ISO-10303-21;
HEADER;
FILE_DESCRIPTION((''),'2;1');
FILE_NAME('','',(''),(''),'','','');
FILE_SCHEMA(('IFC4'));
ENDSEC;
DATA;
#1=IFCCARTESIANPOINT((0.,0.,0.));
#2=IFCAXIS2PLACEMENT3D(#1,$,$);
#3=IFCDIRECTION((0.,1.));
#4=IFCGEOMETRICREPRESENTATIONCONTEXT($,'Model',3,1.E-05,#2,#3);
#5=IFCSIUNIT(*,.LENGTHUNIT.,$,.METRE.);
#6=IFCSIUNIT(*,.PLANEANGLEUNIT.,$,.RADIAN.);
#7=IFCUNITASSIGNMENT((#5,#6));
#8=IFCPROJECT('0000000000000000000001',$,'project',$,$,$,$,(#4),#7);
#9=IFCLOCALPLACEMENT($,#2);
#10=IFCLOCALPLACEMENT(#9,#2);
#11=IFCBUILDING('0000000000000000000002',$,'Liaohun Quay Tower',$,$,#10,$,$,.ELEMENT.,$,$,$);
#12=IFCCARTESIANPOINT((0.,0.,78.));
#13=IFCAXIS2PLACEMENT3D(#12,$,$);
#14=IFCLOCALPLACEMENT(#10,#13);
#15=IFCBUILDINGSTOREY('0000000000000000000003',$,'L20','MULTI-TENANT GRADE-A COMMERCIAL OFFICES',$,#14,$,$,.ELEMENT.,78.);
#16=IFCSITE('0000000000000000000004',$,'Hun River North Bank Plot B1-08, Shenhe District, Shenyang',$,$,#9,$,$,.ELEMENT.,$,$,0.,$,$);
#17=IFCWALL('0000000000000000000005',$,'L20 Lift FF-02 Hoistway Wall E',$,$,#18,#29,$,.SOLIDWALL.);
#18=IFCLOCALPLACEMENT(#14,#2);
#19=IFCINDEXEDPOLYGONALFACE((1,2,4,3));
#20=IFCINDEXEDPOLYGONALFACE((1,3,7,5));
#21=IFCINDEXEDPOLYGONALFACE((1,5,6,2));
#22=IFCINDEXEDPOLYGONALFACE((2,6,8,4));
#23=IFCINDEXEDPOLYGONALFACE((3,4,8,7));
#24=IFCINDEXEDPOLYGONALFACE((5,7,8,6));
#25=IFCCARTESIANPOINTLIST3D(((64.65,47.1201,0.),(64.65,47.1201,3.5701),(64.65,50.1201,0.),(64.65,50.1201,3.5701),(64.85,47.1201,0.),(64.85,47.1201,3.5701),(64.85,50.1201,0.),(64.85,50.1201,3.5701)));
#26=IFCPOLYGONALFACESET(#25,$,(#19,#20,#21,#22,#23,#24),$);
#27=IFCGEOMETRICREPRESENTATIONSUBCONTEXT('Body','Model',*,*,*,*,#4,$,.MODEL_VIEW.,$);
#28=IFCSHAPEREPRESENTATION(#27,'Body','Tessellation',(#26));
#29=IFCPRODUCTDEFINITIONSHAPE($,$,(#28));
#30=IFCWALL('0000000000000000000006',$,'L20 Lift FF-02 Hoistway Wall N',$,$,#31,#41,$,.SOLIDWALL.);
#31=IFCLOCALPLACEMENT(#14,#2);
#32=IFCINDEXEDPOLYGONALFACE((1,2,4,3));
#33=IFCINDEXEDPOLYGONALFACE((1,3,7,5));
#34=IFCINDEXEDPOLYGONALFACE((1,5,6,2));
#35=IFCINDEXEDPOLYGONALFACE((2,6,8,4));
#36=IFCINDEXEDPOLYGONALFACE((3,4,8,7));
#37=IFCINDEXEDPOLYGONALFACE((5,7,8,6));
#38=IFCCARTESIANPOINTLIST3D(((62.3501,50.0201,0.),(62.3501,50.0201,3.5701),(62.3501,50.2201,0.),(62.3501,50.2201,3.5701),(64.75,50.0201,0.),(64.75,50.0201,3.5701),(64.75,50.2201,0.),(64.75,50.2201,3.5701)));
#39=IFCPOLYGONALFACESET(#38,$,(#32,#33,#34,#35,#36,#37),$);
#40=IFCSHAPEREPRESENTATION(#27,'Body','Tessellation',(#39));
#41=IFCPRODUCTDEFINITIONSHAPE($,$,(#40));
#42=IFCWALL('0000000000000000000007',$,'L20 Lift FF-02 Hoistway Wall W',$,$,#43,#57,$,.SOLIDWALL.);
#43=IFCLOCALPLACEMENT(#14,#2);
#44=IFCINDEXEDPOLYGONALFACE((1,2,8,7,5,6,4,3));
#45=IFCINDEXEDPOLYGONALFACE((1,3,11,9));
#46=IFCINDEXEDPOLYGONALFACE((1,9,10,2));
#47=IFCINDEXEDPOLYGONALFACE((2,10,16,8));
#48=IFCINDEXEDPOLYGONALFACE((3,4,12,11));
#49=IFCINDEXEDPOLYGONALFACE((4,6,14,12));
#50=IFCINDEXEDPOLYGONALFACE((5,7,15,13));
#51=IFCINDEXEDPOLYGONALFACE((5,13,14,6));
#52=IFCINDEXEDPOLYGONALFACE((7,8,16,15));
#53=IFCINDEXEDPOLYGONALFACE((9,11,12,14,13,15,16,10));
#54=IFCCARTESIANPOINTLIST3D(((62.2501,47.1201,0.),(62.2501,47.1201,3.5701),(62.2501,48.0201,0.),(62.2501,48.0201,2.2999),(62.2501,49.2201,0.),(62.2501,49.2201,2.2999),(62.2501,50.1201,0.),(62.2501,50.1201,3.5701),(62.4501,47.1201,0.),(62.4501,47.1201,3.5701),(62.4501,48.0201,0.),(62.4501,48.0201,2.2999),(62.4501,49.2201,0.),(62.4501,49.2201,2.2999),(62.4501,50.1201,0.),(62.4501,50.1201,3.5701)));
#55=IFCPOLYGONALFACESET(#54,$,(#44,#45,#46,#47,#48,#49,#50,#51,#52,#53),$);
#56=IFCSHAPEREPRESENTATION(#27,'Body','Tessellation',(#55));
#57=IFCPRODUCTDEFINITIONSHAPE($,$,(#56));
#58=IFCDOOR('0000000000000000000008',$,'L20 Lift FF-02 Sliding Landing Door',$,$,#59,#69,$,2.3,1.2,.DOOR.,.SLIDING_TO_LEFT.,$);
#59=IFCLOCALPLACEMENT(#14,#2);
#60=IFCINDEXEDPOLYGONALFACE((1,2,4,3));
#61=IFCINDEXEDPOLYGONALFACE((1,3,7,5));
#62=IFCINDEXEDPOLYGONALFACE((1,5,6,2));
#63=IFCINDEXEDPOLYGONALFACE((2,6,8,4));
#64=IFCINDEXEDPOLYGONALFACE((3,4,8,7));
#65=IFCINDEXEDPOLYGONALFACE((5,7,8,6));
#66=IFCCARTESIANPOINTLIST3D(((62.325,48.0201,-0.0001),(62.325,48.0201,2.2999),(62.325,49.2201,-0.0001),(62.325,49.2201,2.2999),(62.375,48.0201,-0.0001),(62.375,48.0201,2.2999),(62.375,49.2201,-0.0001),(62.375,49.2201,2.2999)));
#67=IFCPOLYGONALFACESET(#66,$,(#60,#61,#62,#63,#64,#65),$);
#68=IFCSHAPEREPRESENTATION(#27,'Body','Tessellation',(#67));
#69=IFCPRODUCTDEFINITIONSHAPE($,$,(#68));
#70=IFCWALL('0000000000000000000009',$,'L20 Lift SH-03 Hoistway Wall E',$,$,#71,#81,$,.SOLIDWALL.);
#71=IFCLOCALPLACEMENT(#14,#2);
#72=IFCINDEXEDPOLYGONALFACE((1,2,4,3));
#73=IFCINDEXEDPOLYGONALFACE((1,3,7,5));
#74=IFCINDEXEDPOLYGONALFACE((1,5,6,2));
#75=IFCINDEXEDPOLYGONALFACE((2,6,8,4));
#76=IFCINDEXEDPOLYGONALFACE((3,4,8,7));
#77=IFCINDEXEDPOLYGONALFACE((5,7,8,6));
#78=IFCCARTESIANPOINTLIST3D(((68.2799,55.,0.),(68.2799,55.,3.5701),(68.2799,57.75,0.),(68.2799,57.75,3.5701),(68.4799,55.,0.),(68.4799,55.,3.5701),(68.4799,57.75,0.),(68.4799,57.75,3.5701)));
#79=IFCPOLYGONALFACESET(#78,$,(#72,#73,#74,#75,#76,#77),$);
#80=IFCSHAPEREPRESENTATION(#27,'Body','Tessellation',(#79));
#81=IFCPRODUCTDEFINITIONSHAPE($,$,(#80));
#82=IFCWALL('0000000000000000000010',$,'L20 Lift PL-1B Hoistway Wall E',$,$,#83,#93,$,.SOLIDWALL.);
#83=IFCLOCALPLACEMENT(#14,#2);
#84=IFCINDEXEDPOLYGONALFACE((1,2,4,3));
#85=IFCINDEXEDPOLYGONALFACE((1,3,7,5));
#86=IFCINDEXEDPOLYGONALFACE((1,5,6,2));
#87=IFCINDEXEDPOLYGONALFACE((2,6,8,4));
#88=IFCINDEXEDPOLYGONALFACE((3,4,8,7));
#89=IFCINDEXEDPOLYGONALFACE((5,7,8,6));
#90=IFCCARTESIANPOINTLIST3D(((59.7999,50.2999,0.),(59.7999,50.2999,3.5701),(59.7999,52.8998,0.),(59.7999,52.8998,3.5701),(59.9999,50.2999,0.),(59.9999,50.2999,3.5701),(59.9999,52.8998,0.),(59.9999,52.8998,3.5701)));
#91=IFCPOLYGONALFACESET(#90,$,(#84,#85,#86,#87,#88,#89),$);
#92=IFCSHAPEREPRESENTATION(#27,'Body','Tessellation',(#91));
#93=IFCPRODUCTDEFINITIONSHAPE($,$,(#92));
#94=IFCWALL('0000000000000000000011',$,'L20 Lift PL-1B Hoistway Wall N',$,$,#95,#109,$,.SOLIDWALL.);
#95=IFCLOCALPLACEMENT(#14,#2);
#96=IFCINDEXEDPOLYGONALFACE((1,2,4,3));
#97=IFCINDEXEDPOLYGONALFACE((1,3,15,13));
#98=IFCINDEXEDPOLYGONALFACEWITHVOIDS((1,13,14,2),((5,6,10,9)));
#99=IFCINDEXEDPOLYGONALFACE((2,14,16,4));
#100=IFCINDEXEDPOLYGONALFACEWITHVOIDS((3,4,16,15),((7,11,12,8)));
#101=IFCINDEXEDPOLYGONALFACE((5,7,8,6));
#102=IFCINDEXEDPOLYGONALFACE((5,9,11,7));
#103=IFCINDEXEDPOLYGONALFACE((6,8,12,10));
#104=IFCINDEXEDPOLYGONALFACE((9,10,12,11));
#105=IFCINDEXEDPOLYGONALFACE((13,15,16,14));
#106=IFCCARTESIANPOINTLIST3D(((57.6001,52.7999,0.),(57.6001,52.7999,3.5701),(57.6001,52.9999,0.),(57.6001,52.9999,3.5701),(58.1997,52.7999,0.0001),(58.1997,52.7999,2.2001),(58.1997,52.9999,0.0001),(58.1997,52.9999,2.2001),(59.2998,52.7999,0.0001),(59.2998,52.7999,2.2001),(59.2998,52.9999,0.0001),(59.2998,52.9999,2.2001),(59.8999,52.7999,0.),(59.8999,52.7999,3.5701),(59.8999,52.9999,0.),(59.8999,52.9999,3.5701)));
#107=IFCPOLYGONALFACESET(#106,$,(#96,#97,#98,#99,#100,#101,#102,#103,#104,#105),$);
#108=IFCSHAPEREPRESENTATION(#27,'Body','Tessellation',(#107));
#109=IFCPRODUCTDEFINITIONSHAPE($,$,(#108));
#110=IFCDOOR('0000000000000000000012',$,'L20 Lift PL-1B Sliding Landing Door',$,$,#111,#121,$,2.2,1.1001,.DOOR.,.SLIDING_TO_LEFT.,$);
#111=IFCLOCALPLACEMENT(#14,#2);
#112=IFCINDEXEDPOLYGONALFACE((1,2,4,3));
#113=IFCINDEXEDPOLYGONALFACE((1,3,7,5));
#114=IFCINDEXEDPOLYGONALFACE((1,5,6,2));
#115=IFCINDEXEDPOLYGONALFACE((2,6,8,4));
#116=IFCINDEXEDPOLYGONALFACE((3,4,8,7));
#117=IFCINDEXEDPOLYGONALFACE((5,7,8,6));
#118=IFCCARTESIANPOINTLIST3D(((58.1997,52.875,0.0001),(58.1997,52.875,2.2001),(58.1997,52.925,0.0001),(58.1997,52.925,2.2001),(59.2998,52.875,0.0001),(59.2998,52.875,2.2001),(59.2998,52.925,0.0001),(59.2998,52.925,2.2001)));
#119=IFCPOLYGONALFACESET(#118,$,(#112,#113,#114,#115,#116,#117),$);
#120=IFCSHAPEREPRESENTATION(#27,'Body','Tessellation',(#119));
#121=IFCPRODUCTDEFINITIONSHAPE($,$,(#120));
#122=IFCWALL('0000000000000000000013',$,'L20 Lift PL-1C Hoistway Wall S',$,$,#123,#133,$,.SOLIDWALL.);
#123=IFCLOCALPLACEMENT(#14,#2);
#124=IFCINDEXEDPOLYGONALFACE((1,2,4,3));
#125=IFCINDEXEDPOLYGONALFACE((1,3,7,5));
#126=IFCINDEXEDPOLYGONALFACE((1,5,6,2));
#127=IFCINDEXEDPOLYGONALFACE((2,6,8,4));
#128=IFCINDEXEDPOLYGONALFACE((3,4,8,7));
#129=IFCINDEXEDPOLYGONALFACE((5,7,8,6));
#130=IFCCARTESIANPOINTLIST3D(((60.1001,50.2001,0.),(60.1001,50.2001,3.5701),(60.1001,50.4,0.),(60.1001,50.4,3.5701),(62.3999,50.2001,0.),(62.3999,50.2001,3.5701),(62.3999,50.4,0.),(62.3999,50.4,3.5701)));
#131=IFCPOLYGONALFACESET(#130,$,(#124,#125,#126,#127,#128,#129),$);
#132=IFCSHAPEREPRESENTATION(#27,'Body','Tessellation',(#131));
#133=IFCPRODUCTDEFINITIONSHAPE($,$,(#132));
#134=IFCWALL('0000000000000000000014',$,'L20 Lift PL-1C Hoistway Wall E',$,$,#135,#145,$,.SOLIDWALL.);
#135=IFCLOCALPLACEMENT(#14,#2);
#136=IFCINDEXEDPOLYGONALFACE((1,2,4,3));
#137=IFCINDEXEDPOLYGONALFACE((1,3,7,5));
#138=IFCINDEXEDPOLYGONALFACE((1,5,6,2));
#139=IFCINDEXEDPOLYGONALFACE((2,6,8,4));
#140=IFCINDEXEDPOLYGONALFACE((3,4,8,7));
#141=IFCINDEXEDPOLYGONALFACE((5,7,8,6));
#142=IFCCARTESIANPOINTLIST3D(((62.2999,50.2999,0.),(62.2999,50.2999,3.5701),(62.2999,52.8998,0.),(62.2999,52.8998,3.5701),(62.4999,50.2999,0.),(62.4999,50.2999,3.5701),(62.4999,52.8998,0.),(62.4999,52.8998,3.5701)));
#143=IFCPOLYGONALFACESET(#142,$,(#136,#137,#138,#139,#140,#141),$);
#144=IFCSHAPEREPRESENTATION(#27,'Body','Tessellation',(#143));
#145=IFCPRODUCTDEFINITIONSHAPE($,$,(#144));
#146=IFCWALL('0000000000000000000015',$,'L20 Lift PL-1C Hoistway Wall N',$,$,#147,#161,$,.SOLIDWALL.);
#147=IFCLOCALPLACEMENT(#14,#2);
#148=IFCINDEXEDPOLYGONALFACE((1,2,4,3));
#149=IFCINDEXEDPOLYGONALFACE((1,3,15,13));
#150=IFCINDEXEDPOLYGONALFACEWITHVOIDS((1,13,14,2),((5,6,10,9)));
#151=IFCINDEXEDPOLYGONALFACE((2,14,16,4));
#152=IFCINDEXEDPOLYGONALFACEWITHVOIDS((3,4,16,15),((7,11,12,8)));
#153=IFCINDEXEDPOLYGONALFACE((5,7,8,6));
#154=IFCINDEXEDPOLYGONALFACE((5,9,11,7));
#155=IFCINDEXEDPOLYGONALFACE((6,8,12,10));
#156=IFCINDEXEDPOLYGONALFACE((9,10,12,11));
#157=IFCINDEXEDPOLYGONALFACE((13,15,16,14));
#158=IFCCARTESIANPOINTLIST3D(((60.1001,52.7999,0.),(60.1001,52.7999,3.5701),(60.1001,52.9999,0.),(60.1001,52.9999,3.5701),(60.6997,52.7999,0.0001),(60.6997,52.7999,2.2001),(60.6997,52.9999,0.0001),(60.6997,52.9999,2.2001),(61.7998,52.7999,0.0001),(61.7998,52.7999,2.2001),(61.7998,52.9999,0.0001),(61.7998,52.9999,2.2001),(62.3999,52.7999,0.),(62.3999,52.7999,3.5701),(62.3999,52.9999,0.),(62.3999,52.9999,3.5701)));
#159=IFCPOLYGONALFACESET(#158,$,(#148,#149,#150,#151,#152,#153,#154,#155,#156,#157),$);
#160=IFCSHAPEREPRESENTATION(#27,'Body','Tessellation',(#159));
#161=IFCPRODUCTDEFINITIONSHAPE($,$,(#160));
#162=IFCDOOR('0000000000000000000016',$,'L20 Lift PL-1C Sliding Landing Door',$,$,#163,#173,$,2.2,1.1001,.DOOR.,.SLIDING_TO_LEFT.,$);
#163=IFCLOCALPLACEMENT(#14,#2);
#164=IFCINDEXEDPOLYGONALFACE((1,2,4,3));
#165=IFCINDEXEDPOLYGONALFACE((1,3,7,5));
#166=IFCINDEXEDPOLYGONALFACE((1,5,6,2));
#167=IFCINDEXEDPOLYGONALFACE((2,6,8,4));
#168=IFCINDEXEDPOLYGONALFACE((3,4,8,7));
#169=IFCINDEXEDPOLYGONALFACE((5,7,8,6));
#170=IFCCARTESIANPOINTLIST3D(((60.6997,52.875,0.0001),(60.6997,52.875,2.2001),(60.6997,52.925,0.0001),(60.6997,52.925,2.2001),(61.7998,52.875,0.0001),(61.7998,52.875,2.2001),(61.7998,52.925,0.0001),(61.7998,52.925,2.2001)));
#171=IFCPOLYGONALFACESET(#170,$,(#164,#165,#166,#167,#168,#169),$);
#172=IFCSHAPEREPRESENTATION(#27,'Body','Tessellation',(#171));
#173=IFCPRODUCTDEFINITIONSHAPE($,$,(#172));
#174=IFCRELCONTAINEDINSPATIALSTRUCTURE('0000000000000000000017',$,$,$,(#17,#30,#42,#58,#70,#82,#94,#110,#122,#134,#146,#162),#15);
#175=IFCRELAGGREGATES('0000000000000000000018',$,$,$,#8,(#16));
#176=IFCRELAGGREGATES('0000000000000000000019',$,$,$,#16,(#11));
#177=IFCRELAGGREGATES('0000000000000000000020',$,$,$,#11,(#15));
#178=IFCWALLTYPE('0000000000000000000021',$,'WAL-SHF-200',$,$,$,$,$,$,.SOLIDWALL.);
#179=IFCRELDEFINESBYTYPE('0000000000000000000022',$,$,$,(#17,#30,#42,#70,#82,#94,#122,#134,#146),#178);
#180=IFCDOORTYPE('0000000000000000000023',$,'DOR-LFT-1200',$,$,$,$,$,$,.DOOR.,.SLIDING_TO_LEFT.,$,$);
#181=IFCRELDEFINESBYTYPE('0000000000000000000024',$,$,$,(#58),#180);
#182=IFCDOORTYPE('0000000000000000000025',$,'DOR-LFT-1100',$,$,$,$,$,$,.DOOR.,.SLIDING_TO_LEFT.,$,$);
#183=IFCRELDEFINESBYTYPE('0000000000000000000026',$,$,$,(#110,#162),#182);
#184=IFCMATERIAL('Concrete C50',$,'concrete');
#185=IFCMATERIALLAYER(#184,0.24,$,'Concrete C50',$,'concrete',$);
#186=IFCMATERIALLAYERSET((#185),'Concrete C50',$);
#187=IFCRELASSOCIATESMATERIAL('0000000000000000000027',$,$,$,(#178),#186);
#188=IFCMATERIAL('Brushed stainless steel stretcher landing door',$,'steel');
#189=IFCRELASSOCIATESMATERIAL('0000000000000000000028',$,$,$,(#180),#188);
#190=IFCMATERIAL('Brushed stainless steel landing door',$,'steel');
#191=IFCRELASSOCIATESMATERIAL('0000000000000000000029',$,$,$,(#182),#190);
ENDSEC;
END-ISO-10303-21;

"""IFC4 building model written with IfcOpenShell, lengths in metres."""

from ifc_helpers import new_model, si_unit, direction, frame, frame_2d, origin, place, context, subcontext, project, spatial, rectangle, extrude, source, transform, mapped, material, layer, layer_set, type_object, element, fill, save


model = new_model("IFC4")

# Units and contexts
model_context = context("Model", 3, precision=1e-05, world=origin(), true_north=direction((0.0, 1.0)))
body_context = subcontext(model_context, "Body", "Model", "MODEL_VIEW")
ifc_project = project(units=[si_unit("LENGTHUNIT", "METRE"), si_unit("PLANEANGLEUNIT", "RADIAN")], contexts=[model_context])

# Site, building, storey
site_placement = place(None, origin())
site = spatial("IfcSite", under=ifc_project, at=site_placement, Name="Hun River North Bank Plot B1-08, Shenhe District, Shenyang", CompositionType="ELEMENT", RefElevation=0.0)
building_placement = place(site_placement, origin())
building = spatial("IfcBuilding", under=site, at=building_placement, Name="Liaohun Quay Tower", CompositionType="ELEMENT")
storey_placement = place(building_placement, frame((0.0, 0.0, 78.0)))
storey = spatial("IfcBuildingStorey", under=building, at=storey_placement, Name="L20", Description="MULTI-TENANT GRADE-A COMMERCIAL OFFICES", CompositionType="ELEMENT", Elevation=78.0)

# Shared definitions
ifc_material_1 = material(Name="Concrete C50", Category="concrete")
ifc_layer_1 = layer(ifc_material_1, 0.24, Name="Concrete C50", Category="concrete")
ifc_layer_set_1 = layer_set([ifc_layer_1], Name="Concrete C50")
wall_type_1 = type_object("IfcWallType", Name="WAL-SHF-200", PredefinedType="SOLIDWALL", material=ifc_layer_set_1)

# Walls
wall_1_placement = place(storey_placement, frame((64.75, 47.1201, 0.0), z_axis=(0.0, 0.0, 1.0), x_axis=(0.0, 1.0, 0.0)))
element("IfcWall", 1, at=wall_1_placement, inside=storey, type_object=wall_type_1, Name="L20 Lift FF-02 Hoistway Wall E", PredefinedType="SOLIDWALL", context=body_context, shape_type="SweptSolid", body=[
    extrude(rectangle(XDim=3.0, YDim=0.2, at=frame_2d((1.5, 0.0))), origin(), (0.0, 0.0, 1.0), 3.5701),
])
wall_2_placement = place(storey_placement, frame((64.75, 50.1201, 0.0), z_axis=(0.0, 0.0, 1.0), x_axis=(-1.0, 0.0, 0.0)))
element("IfcWall", 2, at=wall_2_placement, inside=storey, type_object=wall_type_1, Name="L20 Lift FF-02 Hoistway Wall N", PredefinedType="SOLIDWALL", context=body_context, shape_type="SweptSolid", body=[
    extrude(rectangle(XDim=2.3999, YDim=0.2, at=frame_2d((1.2, 0.0))), origin(), (0.0, 0.0, 1.0), 3.5701),
])

# Wall, opening, door
wall_3_placement = place(storey_placement, frame((62.3501, 50.1201, 0.0), z_axis=(0.0, 0.0, 1.0), x_axis=(0.0, -1.0, 0.0)))
wall_3 = element("IfcWall", 3, at=wall_3_placement, inside=storey, type_object=wall_type_1, Name="L20 Lift FF-02 Hoistway Wall W", PredefinedType="SOLIDWALL", context=body_context, shape_type="SweptSolid", body=[
    extrude(rectangle(XDim=3.0, YDim=0.2, at=frame_2d((1.5, 0.0))), origin(), (0.0, 0.0, 1.0), 3.5701),
])
shared_shape_1 = source(origin(), body_context, "Body", "SweptSolid", [
    extrude(rectangle(XDim=1.2, YDim=2.3, at=frame_2d((0.6001, 1.1499))), frame((0.0, 0.1099, 0.0), z_axis=(0.0, -1.0, 0.0), x_axis=(1.0, 0.0, 0.0)), (0.0, 0.0, 1.0), 0.22),
])
opening_1_placement = place(wall_3_placement, frame((0.8999, 0.0, 0.0)))
opening_1 = element("IfcOpeningElement", 4, at=opening_1_placement, cuts=wall_3, PredefinedType="OPENING", context=body_context, shape_type="MappedRepresentation", body=[
    mapped(shared_shape_1, transform((0.0, 0.0, 0.0), x_axis=(1.0, 0.0, 0.0), y_axis=(0.0, 1.0, 0.0), z_axis=(0.0, 0.0, 1.0), scale=1.0)),
])
ifc_material_2 = material(Name="Brushed stainless steel stretcher landing door", Category="steel")
door_type_1 = type_object("IfcDoorType", Name="DOR-LFT-1200", OperationType="SLIDING_TO_LEFT", PredefinedType="DOOR", material=ifc_material_2)
shared_shape_2 = source(origin(), body_context, "Body", "SweptSolid", [
    extrude(rectangle(XDim=1.2, YDim=2.3, at=frame_2d((0.6001, 1.1499))), frame((0.0, 0.0249, 0.0), z_axis=(0.0, -1.0, 0.0), x_axis=(1.0, 0.0, 0.0)), (0.0, 0.0, 1.0), 0.05),
])
door_1_placement = place(opening_1_placement, origin())
door_1 = element("IfcDoor", 5, at=door_1_placement, inside=storey, type_object=door_type_1, Name="L20 Lift FF-02 Sliding Landing Door", OperationType="SLIDING_TO_LEFT", OverallHeight=2.3, OverallWidth=1.2, PredefinedType="DOOR", context=body_context, shape_type="MappedRepresentation", body=[
    mapped(shared_shape_2, transform((0.0, 0.0, 0.0), x_axis=(1.0, 0.0, 0.0), y_axis=(0.0, 1.0, 0.0), z_axis=(0.0, 0.0, 1.0), scale=1.0)),
])
fill(opening_1, door_1)

# Walls
wall_4_placement = place(storey_placement, frame((68.3799, 55.0, 0.0), z_axis=(0.0, 0.0, 1.0), x_axis=(0.0, 1.0, 0.0)))
element("IfcWall", 6, at=wall_4_placement, inside=storey, type_object=wall_type_1, Name="L20 Lift SH-03 Hoistway Wall E", PredefinedType="SOLIDWALL", context=body_context, shape_type="SweptSolid", body=[
    extrude(rectangle(XDim=2.75, YDim=0.2, at=frame_2d((1.375, 0.0))), origin(), (0.0, 0.0, 1.0), 3.5701),
])
wall_5_placement = place(storey_placement, frame((59.8999, 50.3, 0.0), z_axis=(0.0, 0.0, 1.0), x_axis=(0.0, 1.0, 0.0)))
element("IfcWall", 7, at=wall_5_placement, inside=storey, type_object=wall_type_1, Name="L20 Lift PL-1B Hoistway Wall E", PredefinedType="SOLIDWALL", context=body_context, shape_type="SweptSolid", body=[
    extrude(rectangle(XDim=2.5999, YDim=0.2, at=frame_2d((1.2998, 0.0))), origin(), (0.0, 0.0, 1.0), 3.5701),
])

# Wall, opening, door
wall_6_placement = place(storey_placement, frame((59.8999, 52.8999, 0.0), z_axis=(0.0, 0.0, 1.0), x_axis=(-1.0, 0.0, 0.0)))
wall_6 = element("IfcWall", 8, at=wall_6_placement, inside=storey, type_object=wall_type_1, Name="L20 Lift PL-1B Hoistway Wall N", PredefinedType="SOLIDWALL", context=body_context, shape_type="SweptSolid", body=[
    extrude(rectangle(XDim=2.2998, YDim=0.2, at=frame_2d((1.1499, 0.0))), origin(), (0.0, 0.0, 1.0), 3.5701),
])
shared_shape_3 = source(origin(), body_context, "Body", "SweptSolid", [
    extrude(rectangle(XDim=1.1001, YDim=2.2, at=frame_2d((0.55, 1.1001))), frame((0.0, 0.1099, 0.0), z_axis=(0.0, -1.0, 0.0), x_axis=(1.0, 0.0, 0.0)), (0.0, 0.0, 1.0), 0.22),
])
opening_2_placement = place(wall_6_placement, frame((0.6001, 0.0, 0.0)))
opening_2 = element("IfcOpeningElement", 9, at=opening_2_placement, cuts=wall_6, PredefinedType="OPENING", context=body_context, shape_type="MappedRepresentation", body=[
    mapped(shared_shape_3, transform((0.0, 0.0, 0.0), x_axis=(1.0, 0.0, 0.0), y_axis=(0.0, 1.0, 0.0), z_axis=(0.0, 0.0, 1.0), scale=1.0)),
])
ifc_material_3 = material(Name="Brushed stainless steel landing door", Category="steel")
door_type_2 = type_object("IfcDoorType", Name="DOR-LFT-1100", OperationType="SLIDING_TO_LEFT", PredefinedType="DOOR", material=ifc_material_3)
shared_shape_4 = source(origin(), body_context, "Body", "SweptSolid", [
    extrude(rectangle(XDim=1.1001, YDim=2.2, at=frame_2d((0.55, 1.1001))), frame((0.0, 0.0249, 0.0), z_axis=(0.0, -1.0, 0.0), x_axis=(1.0, 0.0, 0.0)), (0.0, 0.0, 1.0), 0.05),
])
door_2_placement = place(opening_2_placement, origin())
door_2 = element("IfcDoor", 10, at=door_2_placement, inside=storey, type_object=door_type_2, Name="L20 Lift PL-1B Sliding Landing Door", OperationType="SLIDING_TO_LEFT", OverallHeight=2.2, OverallWidth=1.1001, PredefinedType="DOOR", context=body_context, shape_type="MappedRepresentation", body=[
    mapped(shared_shape_4, transform((0.0, 0.0, 0.0), x_axis=(1.0, 0.0, 0.0), y_axis=(0.0, 1.0, 0.0), z_axis=(0.0, 0.0, 1.0), scale=1.0)),
])
fill(opening_2, door_2)

# Walls
wall_7_placement = place(storey_placement, frame((60.1001, 50.3, 0.0), z_axis=(0.0, 0.0, 1.0), x_axis=(1.0, 0.0, 0.0)))
element("IfcWall", 11, at=wall_7_placement, inside=storey, type_object=wall_type_1, Name="L20 Lift PL-1C Hoistway Wall S", PredefinedType="SOLIDWALL", context=body_context, shape_type="SweptSolid", body=[
    extrude(rectangle(XDim=2.2998, YDim=0.2, at=frame_2d((1.1499, 0.0))), origin(), (0.0, 0.0, 1.0), 3.5701),
])
wall_8_placement = place(storey_placement, frame((62.3999, 50.3, 0.0), z_axis=(0.0, 0.0, 1.0), x_axis=(0.0, 1.0, 0.0)))
element("IfcWall", 12, at=wall_8_placement, inside=storey, type_object=wall_type_1, Name="L20 Lift PL-1C Hoistway Wall E", PredefinedType="SOLIDWALL", context=body_context, shape_type="SweptSolid", body=[
    extrude(rectangle(XDim=2.5999, YDim=0.2, at=frame_2d((1.2998, 0.0))), origin(), (0.0, 0.0, 1.0), 3.5701),
])

# Wall, opening, door
wall_9_placement = place(storey_placement, frame((62.3999, 52.8999, 0.0), z_axis=(0.0, 0.0, 1.0), x_axis=(-1.0, 0.0, 0.0)))
wall_9 = element("IfcWall", 13, at=wall_9_placement, inside=storey, type_object=wall_type_1, Name="L20 Lift PL-1C Hoistway Wall N", PredefinedType="SOLIDWALL", context=body_context, shape_type="SweptSolid", body=[
    extrude(rectangle(XDim=2.2998, YDim=0.2, at=frame_2d((1.1499, 0.0))), origin(), (0.0, 0.0, 1.0), 3.5701),
])
opening_3_placement = place(wall_9_placement, frame((0.6001, 0.0, 0.0)))
opening_3 = element("IfcOpeningElement", 14, at=opening_3_placement, cuts=wall_9, PredefinedType="OPENING", context=body_context, shape_type="MappedRepresentation", body=[
    mapped(shared_shape_3, transform((0.0, 0.0, 0.0), x_axis=(1.0, 0.0, 0.0), y_axis=(0.0, 1.0, 0.0), z_axis=(0.0, 0.0, 1.0), scale=1.0)),
])
door_3_placement = place(opening_3_placement, origin())
door_3 = element("IfcDoor", 15, at=door_3_placement, inside=storey, type_object=door_type_2, Name="L20 Lift PL-1C Sliding Landing Door", OperationType="SLIDING_TO_LEFT", OverallHeight=2.2, OverallWidth=1.1001, PredefinedType="DOOR", context=body_context, shape_type="MappedRepresentation", body=[
    mapped(shared_shape_4, transform((0.0, 0.0, 0.0), x_axis=(1.0, 0.0, 0.0), y_axis=(0.0, 1.0, 0.0), z_axis=(0.0, 0.0, 1.0), scale=1.0)),
])
fill(opening_3, door_3)

save(model, "model.ifc")
